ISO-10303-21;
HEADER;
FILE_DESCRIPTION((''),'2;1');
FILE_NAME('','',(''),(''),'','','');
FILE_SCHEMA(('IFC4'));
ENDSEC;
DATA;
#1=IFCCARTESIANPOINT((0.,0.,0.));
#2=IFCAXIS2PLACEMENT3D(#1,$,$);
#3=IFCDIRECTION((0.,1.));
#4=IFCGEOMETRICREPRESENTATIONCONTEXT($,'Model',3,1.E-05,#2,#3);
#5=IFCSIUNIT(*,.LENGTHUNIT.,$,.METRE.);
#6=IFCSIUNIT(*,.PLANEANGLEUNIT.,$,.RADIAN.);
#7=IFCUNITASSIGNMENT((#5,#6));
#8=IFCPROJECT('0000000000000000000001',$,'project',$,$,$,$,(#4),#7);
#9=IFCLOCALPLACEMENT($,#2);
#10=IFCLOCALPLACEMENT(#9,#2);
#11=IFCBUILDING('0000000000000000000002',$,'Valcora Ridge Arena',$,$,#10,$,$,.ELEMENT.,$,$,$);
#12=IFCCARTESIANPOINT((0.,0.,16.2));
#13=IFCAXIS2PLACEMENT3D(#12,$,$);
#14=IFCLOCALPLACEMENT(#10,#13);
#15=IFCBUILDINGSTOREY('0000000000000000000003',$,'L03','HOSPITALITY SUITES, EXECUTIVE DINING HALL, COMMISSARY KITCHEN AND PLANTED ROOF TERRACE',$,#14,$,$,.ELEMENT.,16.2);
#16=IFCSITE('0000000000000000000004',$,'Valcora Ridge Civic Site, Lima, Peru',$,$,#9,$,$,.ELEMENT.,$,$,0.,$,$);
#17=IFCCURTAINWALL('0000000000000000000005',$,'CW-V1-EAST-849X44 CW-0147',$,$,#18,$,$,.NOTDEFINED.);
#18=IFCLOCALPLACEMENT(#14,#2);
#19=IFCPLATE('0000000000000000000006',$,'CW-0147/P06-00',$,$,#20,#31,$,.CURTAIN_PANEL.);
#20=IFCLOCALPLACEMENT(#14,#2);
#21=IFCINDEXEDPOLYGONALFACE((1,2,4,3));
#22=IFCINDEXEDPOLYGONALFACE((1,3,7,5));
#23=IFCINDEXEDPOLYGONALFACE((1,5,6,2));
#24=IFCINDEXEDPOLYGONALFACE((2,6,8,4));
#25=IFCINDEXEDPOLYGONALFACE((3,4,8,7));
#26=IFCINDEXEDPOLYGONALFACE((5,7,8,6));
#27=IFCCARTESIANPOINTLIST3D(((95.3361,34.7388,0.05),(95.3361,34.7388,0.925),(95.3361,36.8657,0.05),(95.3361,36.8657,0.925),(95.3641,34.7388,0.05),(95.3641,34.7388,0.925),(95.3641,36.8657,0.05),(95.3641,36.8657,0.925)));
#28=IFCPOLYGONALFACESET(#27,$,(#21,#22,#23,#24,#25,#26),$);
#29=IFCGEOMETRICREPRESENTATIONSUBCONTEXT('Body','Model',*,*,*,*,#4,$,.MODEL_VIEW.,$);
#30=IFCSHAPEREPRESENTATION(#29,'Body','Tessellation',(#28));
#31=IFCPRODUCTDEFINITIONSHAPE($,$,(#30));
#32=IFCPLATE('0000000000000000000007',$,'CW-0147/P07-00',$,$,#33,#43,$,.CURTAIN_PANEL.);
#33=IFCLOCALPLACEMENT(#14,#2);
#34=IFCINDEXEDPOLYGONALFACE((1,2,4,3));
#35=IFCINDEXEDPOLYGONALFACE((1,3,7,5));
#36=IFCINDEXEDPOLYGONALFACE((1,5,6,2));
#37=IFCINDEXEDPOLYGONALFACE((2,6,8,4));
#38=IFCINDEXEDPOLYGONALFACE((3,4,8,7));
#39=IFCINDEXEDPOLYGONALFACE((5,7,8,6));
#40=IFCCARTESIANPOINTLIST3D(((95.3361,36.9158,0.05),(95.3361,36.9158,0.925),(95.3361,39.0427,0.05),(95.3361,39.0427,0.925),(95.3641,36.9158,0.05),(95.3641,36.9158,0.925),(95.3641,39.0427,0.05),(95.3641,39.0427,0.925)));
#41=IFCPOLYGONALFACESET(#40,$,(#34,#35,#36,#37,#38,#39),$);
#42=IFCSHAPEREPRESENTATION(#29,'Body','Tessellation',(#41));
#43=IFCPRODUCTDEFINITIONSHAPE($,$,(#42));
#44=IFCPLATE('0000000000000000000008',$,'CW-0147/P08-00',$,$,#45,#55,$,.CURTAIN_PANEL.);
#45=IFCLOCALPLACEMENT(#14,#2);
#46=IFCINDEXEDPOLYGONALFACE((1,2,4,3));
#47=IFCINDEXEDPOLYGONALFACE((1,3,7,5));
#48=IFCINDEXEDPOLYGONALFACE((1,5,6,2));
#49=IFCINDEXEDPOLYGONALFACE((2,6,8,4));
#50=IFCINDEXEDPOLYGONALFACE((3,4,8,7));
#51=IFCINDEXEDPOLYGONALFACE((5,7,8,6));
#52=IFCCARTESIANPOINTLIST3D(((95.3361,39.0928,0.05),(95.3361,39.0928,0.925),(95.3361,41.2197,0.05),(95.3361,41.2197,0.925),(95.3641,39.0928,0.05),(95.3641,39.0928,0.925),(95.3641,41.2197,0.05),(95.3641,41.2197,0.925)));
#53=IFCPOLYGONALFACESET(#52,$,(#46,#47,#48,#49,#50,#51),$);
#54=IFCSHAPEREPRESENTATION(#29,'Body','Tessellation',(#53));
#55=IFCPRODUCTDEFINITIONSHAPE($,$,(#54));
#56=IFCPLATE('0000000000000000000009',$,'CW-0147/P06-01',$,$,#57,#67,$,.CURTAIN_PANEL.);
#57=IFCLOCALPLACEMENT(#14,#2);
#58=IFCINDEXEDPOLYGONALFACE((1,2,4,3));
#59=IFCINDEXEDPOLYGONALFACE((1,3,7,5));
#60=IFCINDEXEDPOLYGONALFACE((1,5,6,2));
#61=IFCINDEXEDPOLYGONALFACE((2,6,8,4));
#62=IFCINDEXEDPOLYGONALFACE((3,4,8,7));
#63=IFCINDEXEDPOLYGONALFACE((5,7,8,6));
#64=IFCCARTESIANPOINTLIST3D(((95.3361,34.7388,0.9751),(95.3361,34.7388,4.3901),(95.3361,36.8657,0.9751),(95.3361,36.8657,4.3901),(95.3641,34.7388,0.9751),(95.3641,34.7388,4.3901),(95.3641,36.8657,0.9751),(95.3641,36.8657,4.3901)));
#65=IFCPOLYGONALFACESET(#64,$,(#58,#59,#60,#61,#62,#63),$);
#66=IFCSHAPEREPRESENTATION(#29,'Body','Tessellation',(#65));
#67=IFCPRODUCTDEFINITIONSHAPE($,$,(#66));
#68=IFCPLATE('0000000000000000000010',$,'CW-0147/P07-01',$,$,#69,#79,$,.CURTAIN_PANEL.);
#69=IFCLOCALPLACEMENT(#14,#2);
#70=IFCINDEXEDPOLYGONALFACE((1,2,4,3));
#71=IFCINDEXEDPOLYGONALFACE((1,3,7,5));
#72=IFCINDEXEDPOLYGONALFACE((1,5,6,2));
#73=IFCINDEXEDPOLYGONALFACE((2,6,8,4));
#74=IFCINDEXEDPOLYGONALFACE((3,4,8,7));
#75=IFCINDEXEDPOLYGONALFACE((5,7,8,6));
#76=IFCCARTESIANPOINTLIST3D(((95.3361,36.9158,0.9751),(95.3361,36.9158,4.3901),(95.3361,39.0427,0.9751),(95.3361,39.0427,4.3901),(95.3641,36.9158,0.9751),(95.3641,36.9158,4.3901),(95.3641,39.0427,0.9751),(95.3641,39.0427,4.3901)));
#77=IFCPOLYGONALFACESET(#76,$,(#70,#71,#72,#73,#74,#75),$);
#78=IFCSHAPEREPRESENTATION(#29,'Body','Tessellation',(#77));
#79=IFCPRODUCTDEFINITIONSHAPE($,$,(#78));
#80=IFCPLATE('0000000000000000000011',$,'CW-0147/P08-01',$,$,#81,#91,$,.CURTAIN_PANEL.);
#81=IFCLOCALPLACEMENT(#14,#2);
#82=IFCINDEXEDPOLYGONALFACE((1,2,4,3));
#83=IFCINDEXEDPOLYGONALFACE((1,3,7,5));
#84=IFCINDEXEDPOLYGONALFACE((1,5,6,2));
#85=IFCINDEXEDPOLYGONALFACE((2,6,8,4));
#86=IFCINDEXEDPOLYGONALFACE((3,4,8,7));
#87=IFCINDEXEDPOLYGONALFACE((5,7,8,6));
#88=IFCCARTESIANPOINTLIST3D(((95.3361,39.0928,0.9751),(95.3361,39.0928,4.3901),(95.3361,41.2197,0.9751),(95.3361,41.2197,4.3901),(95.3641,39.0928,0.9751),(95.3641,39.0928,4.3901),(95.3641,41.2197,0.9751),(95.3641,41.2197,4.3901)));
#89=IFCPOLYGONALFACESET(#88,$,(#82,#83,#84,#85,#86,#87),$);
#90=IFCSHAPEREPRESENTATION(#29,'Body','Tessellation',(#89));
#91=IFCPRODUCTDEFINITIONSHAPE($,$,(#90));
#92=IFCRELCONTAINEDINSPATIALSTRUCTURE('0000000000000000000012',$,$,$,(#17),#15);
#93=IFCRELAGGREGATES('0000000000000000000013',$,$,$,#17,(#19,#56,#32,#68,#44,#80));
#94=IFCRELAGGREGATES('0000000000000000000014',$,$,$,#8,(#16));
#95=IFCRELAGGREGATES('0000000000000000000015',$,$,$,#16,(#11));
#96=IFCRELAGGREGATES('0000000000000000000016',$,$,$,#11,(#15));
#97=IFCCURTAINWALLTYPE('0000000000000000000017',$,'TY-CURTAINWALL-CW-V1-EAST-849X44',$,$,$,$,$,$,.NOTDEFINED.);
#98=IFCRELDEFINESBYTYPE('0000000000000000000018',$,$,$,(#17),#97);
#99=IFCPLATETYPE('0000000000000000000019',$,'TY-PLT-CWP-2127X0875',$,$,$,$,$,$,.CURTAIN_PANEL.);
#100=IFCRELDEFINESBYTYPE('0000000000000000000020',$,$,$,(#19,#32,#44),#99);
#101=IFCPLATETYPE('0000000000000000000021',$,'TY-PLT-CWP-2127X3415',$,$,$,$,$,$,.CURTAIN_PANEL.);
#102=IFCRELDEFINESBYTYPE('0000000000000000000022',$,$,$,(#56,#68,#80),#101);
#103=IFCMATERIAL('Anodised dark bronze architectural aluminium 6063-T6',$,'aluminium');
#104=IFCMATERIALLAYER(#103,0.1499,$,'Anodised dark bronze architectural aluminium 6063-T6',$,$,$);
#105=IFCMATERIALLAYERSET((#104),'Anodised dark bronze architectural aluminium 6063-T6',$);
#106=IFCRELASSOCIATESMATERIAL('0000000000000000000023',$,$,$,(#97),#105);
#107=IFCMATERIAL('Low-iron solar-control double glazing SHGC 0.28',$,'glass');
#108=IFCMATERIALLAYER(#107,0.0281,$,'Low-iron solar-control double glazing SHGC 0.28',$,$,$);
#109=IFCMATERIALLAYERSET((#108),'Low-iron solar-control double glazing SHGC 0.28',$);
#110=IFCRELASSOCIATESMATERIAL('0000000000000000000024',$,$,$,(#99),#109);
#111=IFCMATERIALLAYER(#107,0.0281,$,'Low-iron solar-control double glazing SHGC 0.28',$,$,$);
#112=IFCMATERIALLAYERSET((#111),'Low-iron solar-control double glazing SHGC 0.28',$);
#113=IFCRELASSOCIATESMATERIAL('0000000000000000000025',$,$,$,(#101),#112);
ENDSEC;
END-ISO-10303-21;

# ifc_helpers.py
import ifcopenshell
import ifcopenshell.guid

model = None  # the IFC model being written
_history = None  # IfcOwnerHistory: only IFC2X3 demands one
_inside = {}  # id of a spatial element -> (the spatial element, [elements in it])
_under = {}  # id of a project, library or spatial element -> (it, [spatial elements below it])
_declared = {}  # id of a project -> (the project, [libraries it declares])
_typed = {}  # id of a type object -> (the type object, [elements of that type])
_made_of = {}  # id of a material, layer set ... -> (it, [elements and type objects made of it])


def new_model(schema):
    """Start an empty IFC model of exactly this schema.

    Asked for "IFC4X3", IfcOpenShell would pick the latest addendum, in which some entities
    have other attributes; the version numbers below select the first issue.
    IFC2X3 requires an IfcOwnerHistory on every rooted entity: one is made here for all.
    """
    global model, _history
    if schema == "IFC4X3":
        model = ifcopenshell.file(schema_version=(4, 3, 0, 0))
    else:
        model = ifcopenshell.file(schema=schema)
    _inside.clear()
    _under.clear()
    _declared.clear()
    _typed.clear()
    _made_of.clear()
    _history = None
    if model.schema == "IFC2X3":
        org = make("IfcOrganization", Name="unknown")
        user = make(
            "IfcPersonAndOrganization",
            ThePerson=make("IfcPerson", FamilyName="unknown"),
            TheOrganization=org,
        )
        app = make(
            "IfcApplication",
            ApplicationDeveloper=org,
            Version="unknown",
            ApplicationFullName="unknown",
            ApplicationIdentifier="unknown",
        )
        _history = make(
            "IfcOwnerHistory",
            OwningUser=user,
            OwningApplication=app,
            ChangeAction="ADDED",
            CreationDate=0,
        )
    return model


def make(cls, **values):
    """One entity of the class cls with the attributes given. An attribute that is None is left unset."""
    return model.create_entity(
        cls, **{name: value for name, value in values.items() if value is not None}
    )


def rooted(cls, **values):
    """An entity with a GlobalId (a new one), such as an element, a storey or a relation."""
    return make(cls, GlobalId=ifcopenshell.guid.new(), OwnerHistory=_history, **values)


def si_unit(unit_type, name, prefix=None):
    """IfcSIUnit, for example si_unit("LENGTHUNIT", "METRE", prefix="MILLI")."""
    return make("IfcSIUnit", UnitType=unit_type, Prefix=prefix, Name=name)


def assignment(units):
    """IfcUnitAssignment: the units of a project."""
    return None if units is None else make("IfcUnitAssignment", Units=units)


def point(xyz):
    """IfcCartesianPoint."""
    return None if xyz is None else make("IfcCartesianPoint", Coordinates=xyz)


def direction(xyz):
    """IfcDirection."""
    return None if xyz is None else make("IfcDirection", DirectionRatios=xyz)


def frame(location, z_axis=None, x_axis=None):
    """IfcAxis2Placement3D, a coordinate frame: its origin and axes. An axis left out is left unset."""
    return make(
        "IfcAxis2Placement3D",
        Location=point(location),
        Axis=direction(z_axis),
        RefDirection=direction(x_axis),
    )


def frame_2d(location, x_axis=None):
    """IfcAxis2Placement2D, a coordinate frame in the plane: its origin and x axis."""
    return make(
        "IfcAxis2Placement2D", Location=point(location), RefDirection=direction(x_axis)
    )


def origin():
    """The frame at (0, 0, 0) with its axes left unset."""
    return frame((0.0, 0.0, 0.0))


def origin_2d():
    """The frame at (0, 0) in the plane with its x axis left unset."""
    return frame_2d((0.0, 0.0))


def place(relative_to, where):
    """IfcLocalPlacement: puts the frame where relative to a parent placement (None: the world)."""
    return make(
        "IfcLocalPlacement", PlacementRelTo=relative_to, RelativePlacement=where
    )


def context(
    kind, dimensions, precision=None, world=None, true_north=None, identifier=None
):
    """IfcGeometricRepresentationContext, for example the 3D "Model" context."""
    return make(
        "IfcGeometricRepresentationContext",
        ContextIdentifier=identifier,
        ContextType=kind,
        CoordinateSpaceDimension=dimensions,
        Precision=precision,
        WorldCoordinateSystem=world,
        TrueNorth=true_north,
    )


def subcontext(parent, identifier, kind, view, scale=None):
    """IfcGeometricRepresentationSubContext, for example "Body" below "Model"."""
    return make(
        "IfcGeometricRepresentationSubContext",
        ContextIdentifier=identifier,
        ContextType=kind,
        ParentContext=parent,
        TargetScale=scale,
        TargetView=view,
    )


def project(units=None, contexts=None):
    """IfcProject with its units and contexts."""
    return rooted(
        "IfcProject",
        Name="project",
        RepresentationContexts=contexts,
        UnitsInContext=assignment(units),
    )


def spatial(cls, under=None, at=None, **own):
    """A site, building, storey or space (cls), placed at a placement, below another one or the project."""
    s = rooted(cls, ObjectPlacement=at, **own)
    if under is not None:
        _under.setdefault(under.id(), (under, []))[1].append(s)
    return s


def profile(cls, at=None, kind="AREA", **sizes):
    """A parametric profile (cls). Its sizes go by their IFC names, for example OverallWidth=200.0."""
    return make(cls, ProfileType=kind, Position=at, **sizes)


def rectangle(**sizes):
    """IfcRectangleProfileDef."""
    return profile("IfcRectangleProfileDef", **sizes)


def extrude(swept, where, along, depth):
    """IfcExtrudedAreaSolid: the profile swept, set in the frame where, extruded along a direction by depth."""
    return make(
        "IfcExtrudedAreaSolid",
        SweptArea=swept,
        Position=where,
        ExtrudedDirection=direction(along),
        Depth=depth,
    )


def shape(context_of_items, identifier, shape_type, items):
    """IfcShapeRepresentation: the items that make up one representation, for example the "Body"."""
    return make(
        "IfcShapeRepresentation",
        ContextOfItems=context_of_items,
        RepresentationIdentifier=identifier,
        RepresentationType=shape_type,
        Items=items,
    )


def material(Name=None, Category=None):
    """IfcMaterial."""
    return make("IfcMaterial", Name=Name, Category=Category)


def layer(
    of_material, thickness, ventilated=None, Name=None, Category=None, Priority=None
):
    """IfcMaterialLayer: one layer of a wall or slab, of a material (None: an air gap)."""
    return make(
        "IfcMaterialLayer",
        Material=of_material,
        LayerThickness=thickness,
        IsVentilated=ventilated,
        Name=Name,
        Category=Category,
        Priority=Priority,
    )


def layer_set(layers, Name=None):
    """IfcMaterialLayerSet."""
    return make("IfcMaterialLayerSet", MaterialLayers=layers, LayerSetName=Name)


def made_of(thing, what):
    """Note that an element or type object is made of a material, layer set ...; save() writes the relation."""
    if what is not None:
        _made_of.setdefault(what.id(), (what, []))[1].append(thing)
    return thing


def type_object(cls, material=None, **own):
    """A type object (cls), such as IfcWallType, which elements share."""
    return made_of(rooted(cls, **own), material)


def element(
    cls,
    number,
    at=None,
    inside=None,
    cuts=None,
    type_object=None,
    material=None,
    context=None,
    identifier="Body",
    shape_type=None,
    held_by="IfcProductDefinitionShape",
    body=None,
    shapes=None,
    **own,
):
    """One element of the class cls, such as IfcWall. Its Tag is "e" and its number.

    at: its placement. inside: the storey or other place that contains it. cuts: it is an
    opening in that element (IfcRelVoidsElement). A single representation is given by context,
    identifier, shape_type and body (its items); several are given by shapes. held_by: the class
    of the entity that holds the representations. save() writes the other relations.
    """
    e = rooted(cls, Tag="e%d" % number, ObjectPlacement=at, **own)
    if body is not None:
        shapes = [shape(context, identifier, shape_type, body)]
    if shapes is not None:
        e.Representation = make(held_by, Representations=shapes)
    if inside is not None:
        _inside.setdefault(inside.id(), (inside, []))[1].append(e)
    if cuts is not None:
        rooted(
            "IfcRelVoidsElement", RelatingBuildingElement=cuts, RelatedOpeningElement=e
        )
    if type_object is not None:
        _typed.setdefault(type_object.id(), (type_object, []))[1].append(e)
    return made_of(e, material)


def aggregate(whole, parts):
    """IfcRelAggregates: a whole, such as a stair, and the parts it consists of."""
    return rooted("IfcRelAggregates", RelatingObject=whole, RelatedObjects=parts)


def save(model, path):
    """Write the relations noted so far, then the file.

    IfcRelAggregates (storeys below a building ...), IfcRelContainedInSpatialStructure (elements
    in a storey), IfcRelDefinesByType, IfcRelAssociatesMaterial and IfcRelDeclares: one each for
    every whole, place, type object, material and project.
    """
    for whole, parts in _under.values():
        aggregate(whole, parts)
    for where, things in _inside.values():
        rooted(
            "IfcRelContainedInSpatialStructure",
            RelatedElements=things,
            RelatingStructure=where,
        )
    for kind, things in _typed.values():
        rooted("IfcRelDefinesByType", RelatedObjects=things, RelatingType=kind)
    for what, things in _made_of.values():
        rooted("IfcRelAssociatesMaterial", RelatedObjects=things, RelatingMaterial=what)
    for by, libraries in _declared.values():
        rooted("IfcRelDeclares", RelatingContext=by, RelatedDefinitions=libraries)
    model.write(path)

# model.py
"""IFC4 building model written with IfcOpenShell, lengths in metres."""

from ifc_helpers import new_model, si_unit, direction, frame, origin, origin_2d, place, context, subcontext, project, spatial, rectangle, extrude, material, layer, layer_set, type_object, element, aggregate, save


model = new_model("IFC4")

# Units and contexts
model_context = context("Model", 3, precision=1e-05, world=origin(), true_north=direction((0.0, 1.0)))
body_context = subcontext(model_context, "Body", "Model", "MODEL_VIEW")
ifc_project = project(units=[si_unit("LENGTHUNIT", "METRE"), si_unit("PLANEANGLEUNIT", "RADIAN")], contexts=[model_context])

# Site, building, storey
site_placement = place(None, origin())
site = spatial("IfcSite", under=ifc_project, at=site_placement, Name="Valcora Ridge Civic Site, Lima, Peru", CompositionType="ELEMENT", RefElevation=0.0)
building_placement = place(site_placement, origin())
building = spatial("IfcBuilding", under=site, at=building_placement, Name="Valcora Ridge Arena", CompositionType="ELEMENT")
storey_placement = place(building_placement, frame((0.0, 0.0, 16.2)))
storey = spatial("IfcBuildingStorey", under=building, at=storey_placement, Name="L03", Description="HOSPITALITY SUITES, EXECUTIVE DINING HALL, COMMISSARY KITCHEN AND PLANTED ROOF TERRACE", CompositionType="ELEMENT", Elevation=16.2)

# Curtain wall
ifc_material_1 = material(Name="Anodised dark bronze architectural aluminium 6063-T6", Category="aluminium")
ifc_layer_1 = layer(ifc_material_1, 0.1499, Name="Anodised dark bronze architectural aluminium 6063-T6")
ifc_layer_set_1 = layer_set([ifc_layer_1], Name="Anodised dark bronze architectural aluminium 6063-T6")
curtain_wall_type = type_object("IfcCurtainWallType", Name="TY-CURTAINWALL-CW-V1-EAST-849X44", PredefinedType="NOTDEFINED", material=ifc_layer_set_1)
curtain_wall_placement = place(storey_placement, origin())
curtain_wall = element("IfcCurtainWall", 1, at=curtain_wall_placement, inside=storey, type_object=curtain_wall_type, Name="CW-V1-EAST-849X44 CW-0147", PredefinedType="NOTDEFINED")

# Plates
ifc_material_2 = material(Name="Low-iron solar-control double glazing SHGC 0.28", Category="glass")
ifc_layer_2 = layer(ifc_material_2, 0.0281, Name="Low-iron solar-control double glazing SHGC 0.28")
ifc_layer_set_2 = layer_set([ifc_layer_2], Name="Low-iron solar-control double glazing SHGC 0.28")
plate_type_1 = type_object("IfcPlateType", Name="TY-PLT-CWP-2127X0875", PredefinedType="CURTAIN_PANEL", material=ifc_layer_set_2)
plate_1_placement = place(storey_placement, frame((95.3501, 35.8022, 0.05), z_axis=(0.0, 0.0, 1.0), x_axis=(0.0, 1.0, 0.0)))
plate_1 = element("IfcPlate", 2, at=plate_1_placement, type_object=plate_type_1, Name="CW-0147/P06-00", PredefinedType="CURTAIN_PANEL", context=body_context, shape_type="SweptSolid", body=[
    extrude(rectangle(XDim=2.127, YDim=0.0281, at=origin_2d()), origin(), (0.0, 0.0, 1.0), 0.875),
])
plate_2_placement = place(storey_placement, frame((95.3501, 37.9792, 0.05), z_axis=(0.0, 0.0, 1.0), x_axis=(0.0, 1.0, 0.0)))
plate_2 = element("IfcPlate", 3, at=plate_2_placement, type_object=plate_type_1, Name="CW-0147/P07-00", PredefinedType="CURTAIN_PANEL", context=body_context, shape_type="SweptSolid", body=[
    extrude(rectangle(XDim=2.127, YDim=0.0281, at=origin_2d()), origin(), (0.0, 0.0, 1.0), 0.875),
])
plate_3_placement = place(storey_placement, frame((95.3501, 40.1562, 0.05), z_axis=(0.0, 0.0, 1.0), x_axis=(0.0, 1.0, 0.0)))
plate_3 = element("IfcPlate", 4, at=plate_3_placement, type_object=plate_type_1, Name="CW-0147/P08-00", PredefinedType="CURTAIN_PANEL", context=body_context, shape_type="SweptSolid", body=[
    extrude(rectangle(XDim=2.127, YDim=0.0281, at=origin_2d()), origin(), (0.0, 0.0, 1.0), 0.875),
])
ifc_layer_3 = layer(ifc_material_2, 0.0281, Name="Low-iron solar-control double glazing SHGC 0.28")
ifc_layer_set_3 = layer_set([ifc_layer_3], Name="Low-iron solar-control double glazing SHGC 0.28")
plate_type_2 = type_object("IfcPlateType", Name="TY-PLT-CWP-2127X3415", PredefinedType="CURTAIN_PANEL", material=ifc_layer_set_3)
plate_4_placement = place(storey_placement, frame((95.3501, 35.8022, 0.9751), z_axis=(0.0, 0.0, 1.0), x_axis=(0.0, 1.0, 0.0)))
plate_4 = element("IfcPlate", 5, at=plate_4_placement, type_object=plate_type_2, Name="CW-0147/P06-01", PredefinedType="CURTAIN_PANEL", context=body_context, shape_type="SweptSolid", body=[
    extrude(rectangle(XDim=2.127, YDim=0.0281, at=origin_2d()), origin(), (0.0, 0.0, 1.0), 3.415),
])
plate_5_placement = place(storey_placement, frame((95.3501, 37.9792, 0.9751), z_axis=(0.0, 0.0, 1.0), x_axis=(0.0, 1.0, 0.0)))
plate_5 = element("IfcPlate", 6, at=plate_5_placement, type_object=plate_type_2, Name="CW-0147/P07-01", PredefinedType="CURTAIN_PANEL", context=body_context, shape_type="SweptSolid", body=[
    extrude(rectangle(XDim=2.127, YDim=0.0281, at=origin_2d()), origin(), (0.0, 0.0, 1.0), 3.415),
])
plate_6_placement = place(storey_placement, frame((95.3501, 40.1562, 0.9751), z_axis=(0.0, 0.0, 1.0), x_axis=(0.0, 1.0, 0.0)))
plate_6 = element("IfcPlate", 7, at=plate_6_placement, type_object=plate_type_2, Name="CW-0147/P08-01", PredefinedType="CURTAIN_PANEL", context=body_context, shape_type="SweptSolid", body=[
    extrude(rectangle(XDim=2.127, YDim=0.0281, at=origin_2d()), origin(), (0.0, 0.0, 1.0), 3.415),
])
aggregate(curtain_wall, [plate_1, plate_4, plate_2, plate_5, plate_3, plate_6])

save(model, "model.ifc")
